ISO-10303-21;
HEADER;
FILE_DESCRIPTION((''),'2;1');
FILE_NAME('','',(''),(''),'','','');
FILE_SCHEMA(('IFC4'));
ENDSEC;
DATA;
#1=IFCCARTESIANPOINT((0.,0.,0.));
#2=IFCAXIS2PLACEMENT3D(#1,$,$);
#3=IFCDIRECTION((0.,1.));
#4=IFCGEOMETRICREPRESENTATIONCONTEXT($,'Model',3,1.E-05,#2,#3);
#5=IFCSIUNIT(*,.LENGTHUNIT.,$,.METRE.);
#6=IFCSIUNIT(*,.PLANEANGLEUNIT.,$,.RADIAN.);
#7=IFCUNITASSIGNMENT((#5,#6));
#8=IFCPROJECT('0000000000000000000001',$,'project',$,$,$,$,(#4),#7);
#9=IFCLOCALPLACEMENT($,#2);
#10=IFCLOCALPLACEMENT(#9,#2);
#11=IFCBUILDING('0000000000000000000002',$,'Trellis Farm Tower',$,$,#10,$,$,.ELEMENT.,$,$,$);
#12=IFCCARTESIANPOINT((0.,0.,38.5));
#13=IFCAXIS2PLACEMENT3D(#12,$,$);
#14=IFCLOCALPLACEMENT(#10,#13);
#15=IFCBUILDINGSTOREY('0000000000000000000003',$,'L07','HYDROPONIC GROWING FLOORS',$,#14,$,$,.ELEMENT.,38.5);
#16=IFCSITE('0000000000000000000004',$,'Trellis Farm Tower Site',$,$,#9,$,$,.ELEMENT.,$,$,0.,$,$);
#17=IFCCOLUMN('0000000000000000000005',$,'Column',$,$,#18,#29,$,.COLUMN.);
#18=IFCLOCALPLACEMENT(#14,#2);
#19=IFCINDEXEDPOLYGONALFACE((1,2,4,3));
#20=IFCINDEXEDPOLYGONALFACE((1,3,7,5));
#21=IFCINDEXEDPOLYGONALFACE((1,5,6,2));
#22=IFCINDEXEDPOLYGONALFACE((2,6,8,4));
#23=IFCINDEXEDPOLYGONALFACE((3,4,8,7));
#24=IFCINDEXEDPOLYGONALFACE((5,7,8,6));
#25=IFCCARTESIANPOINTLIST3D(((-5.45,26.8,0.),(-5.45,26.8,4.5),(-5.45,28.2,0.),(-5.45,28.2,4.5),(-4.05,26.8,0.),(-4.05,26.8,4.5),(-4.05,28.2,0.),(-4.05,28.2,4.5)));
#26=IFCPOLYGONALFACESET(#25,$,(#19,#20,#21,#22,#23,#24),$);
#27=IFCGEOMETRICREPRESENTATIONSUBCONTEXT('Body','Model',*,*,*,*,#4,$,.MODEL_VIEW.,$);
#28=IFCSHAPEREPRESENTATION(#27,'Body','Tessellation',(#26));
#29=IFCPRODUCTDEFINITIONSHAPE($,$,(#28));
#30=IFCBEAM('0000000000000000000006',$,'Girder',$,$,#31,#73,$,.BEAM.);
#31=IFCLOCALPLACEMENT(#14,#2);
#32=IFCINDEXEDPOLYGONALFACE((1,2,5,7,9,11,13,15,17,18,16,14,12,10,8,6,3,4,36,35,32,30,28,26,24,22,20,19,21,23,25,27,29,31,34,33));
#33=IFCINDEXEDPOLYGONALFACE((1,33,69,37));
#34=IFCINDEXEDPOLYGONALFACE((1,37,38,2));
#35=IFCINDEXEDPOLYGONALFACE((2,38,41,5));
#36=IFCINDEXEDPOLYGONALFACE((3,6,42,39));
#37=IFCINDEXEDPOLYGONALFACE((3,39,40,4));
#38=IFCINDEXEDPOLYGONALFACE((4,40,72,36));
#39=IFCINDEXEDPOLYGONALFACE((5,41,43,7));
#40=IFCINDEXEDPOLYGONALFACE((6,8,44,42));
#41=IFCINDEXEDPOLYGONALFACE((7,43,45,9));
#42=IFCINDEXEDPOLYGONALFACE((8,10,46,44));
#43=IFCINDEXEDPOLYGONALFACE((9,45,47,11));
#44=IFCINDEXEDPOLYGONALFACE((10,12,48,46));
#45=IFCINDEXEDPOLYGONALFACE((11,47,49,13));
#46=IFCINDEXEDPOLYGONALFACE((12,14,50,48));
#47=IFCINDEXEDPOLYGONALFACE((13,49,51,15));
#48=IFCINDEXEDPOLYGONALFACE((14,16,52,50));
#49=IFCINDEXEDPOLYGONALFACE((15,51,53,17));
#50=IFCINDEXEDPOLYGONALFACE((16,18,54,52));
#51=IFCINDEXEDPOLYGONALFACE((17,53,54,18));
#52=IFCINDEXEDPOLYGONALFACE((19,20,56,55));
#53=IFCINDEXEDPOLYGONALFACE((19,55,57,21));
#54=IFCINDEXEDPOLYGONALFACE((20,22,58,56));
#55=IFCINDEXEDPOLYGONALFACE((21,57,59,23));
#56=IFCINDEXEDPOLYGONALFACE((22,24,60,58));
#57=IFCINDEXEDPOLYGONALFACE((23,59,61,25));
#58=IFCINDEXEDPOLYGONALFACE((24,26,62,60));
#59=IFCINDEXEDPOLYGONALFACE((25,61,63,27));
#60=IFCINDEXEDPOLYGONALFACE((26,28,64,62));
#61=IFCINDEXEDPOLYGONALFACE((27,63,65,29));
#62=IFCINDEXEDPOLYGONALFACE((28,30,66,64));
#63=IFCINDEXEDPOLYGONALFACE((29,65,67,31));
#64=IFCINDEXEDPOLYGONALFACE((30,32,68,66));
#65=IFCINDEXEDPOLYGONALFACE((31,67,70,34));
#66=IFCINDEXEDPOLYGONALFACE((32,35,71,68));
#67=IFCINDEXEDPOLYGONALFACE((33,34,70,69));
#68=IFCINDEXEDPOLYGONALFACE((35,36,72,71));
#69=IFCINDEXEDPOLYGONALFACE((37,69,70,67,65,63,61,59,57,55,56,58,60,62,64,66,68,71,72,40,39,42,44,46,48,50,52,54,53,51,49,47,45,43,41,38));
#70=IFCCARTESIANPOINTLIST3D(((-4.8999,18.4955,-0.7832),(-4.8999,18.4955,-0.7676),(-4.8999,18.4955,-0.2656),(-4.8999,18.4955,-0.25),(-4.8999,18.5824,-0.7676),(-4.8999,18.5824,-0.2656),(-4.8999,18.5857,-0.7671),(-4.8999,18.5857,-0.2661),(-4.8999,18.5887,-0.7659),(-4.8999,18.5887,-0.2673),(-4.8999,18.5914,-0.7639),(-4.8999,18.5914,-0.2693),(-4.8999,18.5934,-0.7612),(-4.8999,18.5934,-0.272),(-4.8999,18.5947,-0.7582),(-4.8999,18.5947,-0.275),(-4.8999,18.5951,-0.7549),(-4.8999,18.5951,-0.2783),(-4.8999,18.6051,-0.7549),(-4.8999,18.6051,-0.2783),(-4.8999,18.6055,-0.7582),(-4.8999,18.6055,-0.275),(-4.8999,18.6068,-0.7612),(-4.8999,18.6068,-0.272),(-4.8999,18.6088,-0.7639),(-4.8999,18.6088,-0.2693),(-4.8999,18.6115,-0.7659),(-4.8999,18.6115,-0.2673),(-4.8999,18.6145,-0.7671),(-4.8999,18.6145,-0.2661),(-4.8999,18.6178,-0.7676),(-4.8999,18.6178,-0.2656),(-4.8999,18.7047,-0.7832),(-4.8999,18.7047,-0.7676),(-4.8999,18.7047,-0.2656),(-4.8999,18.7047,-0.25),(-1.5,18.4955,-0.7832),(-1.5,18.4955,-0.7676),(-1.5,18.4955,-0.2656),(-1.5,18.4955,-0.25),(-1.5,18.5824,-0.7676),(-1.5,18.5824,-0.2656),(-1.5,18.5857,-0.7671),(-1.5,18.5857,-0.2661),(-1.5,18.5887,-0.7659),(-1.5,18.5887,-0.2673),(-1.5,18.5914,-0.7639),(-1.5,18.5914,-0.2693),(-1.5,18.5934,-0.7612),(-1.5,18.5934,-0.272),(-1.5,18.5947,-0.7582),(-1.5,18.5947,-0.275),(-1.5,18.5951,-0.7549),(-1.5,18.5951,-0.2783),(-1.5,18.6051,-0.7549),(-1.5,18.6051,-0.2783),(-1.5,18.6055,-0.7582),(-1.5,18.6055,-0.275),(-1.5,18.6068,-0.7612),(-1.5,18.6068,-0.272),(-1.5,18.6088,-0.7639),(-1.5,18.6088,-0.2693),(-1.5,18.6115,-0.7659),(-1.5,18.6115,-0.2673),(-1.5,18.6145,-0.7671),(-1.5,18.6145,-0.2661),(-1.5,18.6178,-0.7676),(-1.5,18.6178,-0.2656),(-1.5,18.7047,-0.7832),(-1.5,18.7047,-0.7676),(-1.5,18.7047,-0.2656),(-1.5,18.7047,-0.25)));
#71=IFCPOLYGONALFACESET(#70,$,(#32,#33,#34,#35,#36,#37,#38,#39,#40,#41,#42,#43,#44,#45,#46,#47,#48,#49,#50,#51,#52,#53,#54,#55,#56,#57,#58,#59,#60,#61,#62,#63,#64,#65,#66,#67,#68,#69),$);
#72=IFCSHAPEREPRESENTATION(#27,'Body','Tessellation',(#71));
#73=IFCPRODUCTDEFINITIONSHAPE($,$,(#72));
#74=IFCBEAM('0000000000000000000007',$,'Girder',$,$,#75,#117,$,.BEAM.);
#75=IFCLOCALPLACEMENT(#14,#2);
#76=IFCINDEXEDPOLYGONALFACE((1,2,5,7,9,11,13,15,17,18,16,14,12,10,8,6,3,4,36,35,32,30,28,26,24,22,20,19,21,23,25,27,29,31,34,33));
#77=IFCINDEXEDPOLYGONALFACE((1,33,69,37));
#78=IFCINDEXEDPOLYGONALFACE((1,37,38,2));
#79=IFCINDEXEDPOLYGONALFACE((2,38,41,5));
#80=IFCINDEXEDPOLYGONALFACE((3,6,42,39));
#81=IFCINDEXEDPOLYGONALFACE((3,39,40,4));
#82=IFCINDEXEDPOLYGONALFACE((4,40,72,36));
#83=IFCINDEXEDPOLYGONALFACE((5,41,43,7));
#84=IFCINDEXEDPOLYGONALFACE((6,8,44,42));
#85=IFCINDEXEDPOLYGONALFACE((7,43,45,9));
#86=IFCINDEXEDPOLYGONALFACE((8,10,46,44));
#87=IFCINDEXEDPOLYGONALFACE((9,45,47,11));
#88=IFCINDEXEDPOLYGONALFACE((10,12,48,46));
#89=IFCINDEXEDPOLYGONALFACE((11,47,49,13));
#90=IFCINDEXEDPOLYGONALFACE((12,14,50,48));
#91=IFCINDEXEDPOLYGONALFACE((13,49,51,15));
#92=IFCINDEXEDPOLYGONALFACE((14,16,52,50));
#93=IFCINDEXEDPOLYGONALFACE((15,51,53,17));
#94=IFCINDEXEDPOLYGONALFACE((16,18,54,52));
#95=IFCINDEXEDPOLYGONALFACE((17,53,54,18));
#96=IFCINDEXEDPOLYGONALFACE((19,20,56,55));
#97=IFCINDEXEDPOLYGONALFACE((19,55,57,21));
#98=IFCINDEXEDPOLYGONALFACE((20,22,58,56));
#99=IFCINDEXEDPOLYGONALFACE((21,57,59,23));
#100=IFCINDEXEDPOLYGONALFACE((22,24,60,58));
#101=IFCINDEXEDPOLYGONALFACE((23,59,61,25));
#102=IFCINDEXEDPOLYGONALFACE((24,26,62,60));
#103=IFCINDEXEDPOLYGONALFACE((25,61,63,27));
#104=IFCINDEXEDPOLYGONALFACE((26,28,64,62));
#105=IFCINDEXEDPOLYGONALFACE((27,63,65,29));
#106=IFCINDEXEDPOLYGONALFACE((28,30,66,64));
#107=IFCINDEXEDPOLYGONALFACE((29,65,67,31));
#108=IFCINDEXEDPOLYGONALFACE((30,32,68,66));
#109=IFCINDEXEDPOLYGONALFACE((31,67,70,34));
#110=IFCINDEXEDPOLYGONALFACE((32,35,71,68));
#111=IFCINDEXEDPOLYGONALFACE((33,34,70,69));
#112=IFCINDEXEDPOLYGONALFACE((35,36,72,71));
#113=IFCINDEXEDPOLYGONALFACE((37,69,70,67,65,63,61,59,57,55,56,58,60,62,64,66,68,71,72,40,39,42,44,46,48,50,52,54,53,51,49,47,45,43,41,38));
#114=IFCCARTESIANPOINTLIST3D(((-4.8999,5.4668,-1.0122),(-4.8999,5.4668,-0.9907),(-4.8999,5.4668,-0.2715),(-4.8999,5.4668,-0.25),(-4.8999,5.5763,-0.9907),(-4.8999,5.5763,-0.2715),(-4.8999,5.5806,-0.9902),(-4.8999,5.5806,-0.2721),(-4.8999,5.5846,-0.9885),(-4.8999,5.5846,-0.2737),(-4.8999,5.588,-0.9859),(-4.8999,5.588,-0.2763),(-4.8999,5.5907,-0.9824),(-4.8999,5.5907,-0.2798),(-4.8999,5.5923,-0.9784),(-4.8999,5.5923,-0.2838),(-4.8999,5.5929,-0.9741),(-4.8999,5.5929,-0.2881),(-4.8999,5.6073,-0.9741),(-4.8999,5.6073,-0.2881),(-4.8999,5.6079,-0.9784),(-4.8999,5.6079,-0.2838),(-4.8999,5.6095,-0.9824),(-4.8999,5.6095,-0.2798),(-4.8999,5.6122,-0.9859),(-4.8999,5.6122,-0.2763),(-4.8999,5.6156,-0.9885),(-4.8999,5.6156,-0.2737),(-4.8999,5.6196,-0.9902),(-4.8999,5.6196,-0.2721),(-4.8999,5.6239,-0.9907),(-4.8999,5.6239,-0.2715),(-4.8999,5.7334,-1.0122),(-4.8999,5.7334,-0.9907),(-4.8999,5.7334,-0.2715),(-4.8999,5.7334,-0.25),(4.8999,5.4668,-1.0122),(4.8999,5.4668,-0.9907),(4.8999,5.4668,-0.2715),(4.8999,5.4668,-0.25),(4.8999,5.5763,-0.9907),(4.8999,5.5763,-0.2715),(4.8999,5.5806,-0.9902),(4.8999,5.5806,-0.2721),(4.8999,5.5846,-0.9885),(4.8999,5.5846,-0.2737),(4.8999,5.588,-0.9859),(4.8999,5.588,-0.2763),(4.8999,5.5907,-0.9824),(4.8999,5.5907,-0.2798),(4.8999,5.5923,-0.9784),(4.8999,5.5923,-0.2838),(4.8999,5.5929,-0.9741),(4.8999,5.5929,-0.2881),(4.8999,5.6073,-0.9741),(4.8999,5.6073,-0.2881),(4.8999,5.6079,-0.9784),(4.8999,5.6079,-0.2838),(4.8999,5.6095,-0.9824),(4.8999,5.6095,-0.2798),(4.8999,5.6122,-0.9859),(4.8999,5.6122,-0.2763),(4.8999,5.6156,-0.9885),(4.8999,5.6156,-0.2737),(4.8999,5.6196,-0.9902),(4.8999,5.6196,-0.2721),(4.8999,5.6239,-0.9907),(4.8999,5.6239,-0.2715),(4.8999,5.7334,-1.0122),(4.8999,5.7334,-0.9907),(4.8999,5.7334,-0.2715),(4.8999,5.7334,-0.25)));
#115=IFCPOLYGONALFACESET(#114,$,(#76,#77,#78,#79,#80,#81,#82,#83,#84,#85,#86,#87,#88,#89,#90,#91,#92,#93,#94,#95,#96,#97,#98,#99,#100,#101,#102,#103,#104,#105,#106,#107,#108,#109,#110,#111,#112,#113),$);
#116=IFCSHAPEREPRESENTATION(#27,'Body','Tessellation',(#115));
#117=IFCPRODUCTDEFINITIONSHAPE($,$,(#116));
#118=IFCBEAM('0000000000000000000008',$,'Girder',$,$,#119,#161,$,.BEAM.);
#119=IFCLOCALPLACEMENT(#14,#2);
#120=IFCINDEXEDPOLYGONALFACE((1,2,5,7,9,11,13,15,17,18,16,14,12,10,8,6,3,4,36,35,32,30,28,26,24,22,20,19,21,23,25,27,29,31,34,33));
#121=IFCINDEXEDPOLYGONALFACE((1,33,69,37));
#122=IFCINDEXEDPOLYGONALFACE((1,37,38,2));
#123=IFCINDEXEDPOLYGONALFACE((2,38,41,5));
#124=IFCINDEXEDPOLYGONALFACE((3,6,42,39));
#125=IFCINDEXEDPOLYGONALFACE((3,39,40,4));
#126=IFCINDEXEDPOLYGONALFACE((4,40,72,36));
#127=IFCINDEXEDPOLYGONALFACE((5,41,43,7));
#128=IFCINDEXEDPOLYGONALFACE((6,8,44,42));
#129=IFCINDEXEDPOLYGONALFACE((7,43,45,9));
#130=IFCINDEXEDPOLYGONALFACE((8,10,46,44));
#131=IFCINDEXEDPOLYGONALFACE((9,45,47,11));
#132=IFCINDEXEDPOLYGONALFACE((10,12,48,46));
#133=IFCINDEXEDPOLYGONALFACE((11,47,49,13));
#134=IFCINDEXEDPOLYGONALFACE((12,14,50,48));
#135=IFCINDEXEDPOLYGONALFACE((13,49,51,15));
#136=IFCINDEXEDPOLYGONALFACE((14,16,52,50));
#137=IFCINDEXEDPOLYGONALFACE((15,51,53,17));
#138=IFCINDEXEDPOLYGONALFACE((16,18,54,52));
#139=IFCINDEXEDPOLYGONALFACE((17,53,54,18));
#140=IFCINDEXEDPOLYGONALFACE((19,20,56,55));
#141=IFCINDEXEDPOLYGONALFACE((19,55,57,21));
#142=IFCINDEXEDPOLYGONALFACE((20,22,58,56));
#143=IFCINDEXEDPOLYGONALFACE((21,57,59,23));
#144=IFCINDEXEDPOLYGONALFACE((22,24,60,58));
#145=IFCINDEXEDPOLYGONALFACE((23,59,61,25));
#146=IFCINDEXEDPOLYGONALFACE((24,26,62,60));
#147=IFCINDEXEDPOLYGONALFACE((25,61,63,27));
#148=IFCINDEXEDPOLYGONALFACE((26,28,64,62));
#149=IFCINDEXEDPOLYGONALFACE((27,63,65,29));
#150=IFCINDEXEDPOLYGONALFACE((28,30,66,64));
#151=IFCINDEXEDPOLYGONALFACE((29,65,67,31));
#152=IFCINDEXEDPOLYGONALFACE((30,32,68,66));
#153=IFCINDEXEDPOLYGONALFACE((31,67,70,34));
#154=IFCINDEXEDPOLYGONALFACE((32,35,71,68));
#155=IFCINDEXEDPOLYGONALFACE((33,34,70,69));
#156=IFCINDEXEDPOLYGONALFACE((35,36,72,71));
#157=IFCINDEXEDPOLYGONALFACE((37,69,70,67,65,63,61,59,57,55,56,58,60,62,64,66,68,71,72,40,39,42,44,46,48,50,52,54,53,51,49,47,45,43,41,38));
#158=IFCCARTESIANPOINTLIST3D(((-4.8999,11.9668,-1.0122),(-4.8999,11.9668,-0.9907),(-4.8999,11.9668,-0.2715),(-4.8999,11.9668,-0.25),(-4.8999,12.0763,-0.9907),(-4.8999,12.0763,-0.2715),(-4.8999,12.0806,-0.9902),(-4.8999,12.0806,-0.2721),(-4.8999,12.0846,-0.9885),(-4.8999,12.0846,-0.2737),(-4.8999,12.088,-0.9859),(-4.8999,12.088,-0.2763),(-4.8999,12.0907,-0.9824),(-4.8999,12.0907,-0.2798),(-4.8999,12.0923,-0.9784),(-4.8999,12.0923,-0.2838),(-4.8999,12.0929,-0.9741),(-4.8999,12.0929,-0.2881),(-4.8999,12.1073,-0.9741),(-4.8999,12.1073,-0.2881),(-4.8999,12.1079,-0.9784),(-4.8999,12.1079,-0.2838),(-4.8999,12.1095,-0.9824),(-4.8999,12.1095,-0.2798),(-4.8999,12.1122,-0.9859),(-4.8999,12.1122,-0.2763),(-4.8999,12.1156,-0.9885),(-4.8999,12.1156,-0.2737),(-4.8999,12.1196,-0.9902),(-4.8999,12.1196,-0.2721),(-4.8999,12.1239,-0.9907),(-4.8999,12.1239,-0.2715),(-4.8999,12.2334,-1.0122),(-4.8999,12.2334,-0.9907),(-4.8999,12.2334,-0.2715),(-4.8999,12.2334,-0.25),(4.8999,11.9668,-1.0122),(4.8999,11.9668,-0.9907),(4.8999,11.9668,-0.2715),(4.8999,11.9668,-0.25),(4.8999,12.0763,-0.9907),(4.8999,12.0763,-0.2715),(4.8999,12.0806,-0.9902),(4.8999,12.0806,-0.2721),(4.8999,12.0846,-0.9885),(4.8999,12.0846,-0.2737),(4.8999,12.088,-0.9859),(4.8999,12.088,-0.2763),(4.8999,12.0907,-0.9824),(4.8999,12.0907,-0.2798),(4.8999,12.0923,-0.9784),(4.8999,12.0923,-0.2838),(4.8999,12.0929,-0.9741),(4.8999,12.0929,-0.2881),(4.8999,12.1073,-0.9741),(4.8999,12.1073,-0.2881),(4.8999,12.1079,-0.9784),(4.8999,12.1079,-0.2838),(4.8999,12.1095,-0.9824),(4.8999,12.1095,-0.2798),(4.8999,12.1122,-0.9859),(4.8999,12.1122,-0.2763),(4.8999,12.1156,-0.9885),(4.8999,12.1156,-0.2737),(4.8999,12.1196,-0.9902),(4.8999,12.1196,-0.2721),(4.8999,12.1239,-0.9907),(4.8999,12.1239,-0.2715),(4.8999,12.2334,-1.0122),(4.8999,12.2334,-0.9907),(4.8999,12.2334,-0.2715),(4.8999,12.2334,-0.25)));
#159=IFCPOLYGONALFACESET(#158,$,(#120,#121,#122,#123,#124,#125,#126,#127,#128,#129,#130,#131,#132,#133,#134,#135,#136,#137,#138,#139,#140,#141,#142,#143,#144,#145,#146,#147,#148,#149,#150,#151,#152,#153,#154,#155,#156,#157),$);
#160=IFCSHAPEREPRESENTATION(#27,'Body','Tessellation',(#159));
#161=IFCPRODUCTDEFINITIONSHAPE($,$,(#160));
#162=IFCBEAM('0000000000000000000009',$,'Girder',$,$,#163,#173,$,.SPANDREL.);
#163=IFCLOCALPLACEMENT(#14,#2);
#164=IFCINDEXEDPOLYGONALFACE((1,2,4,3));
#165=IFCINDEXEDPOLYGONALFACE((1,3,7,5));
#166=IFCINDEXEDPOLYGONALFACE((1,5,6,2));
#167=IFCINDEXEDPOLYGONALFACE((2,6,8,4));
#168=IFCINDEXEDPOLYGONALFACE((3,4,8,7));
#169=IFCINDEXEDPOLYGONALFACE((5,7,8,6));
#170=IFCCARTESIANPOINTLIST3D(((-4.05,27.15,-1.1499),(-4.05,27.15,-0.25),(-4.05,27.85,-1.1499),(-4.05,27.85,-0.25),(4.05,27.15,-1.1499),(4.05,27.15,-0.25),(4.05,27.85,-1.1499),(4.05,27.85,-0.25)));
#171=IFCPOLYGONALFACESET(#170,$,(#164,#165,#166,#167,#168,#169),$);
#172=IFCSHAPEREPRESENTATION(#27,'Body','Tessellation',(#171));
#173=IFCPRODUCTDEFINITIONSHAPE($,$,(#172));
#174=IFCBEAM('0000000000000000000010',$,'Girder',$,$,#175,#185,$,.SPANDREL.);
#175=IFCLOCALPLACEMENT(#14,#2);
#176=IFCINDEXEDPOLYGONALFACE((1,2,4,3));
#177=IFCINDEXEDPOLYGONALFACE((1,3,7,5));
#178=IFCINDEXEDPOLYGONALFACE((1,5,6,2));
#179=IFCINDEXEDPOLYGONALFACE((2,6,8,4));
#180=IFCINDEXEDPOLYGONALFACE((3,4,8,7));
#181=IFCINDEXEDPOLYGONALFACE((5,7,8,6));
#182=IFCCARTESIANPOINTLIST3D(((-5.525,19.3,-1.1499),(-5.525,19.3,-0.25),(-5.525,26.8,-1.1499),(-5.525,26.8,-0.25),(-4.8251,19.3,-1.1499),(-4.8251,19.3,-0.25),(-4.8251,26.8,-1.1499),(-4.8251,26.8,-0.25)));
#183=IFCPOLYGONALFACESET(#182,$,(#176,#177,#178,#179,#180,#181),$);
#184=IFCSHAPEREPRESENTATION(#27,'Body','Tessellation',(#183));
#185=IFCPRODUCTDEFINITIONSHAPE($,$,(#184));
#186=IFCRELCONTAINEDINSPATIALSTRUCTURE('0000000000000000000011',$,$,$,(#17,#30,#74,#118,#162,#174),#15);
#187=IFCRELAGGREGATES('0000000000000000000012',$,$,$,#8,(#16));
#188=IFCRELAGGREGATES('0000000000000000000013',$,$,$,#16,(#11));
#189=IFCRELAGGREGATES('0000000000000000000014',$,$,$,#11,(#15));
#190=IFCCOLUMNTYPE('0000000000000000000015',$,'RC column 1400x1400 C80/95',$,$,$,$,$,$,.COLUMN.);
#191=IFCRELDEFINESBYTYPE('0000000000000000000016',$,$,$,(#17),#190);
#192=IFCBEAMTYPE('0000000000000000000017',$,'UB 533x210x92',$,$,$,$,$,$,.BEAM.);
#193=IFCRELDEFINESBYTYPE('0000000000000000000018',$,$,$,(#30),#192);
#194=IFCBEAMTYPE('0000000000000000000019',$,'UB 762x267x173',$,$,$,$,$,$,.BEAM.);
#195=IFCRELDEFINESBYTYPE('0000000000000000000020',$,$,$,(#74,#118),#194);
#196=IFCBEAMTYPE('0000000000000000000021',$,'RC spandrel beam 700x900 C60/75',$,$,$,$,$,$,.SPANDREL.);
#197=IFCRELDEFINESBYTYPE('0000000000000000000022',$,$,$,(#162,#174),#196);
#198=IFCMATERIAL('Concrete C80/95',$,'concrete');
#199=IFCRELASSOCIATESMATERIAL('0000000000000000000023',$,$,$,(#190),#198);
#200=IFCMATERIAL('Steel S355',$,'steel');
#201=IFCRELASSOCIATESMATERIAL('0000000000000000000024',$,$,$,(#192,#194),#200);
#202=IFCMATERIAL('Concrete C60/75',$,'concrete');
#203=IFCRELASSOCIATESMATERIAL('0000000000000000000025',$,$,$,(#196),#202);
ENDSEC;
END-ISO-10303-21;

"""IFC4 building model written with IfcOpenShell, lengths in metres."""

from ifc_helpers import new_model, si_unit, direction, frame, origin, origin_2d, place, context, subcontext, project, spatial, rectangle, i_section, extrude, source, transform, mapped, material, material_profile, profile_set, type_object, element, save


model = new_model("IFC4")

# Units and contexts
model_context = context("Model", 3, precision=1e-05, world=origin(), true_north=direction((0.0, 1.0)))
body_context = subcontext(model_context, "Body", "Model", "MODEL_VIEW")
ifc_project = project(units=[si_unit("LENGTHUNIT", "METRE"), si_unit("PLANEANGLEUNIT", "RADIAN")], contexts=[model_context])

# Site, building, storey
site_placement = place(None, origin())
site = spatial("IfcSite", under=ifc_project, at=site_placement, Name="Trellis Farm Tower Site", CompositionType="ELEMENT", RefElevation=0.0)
building_placement = place(site_placement, origin())
building = spatial("IfcBuilding", under=site, at=building_placement, Name="Trellis Farm Tower", CompositionType="ELEMENT")
storey_placement = place(building_placement, frame((0.0, 0.0, 38.5)))
storey = spatial("IfcBuildingStorey", under=building, at=storey_placement, Name="L07", Description="HYDROPONIC GROWING FLOORS", CompositionType="ELEMENT", Elevation=38.5)

# Column
ifc_material_1 = material(Name="Concrete C80/95", Category="concrete")
ifc_material_profile_1 = material_profile(ifc_material_1, rectangle(XDim=1.3999, YDim=1.3999, at=origin_2d()), Name="RC column 1400x1400 C80/95")
ifc_profile_set_1 = profile_set([ifc_material_profile_1], Name="Concrete C80/95")
column_type = type_object("IfcColumnType", Name="RC column 1400x1400 C80/95", PredefinedType="COLUMN", material=ifc_profile_set_1)
shared_shape_1 = source(origin(), body_context, "Body", "SweptSolid", [
    extrude(rectangle(XDim=1.3999, YDim=1.3999, at=origin_2d()), origin(), (0.0, 0.0, 1.0), 4.5),
])
column_placement = place(storey_placement, frame((-4.75, 27.5, 0.0), z_axis=(0.0, 0.0, 1.0), x_axis=(1.0, 0.0, 0.0)))
element("IfcColumn", 1, at=column_placement, inside=storey, type_object=column_type, Name="Column", PredefinedType="COLUMN", context=body_context, shape_type="MappedRepresentation", body=[
    mapped(shared_shape_1, transform((0.0, 0.0, 0.0))),
])

# Beams
ifc_material_2 = material(Name="Steel S355", Category="steel")
ifc_material_profile_2 = material_profile(ifc_material_2, i_section(OverallWidth=0.2092, OverallDepth=0.5332, WebThickness=0.01, FlangeThickness=0.0156, FilletRadius=0.0127, at=origin_2d()), Name="UB 533x210x92")
ifc_profile_set_2 = profile_set([ifc_material_profile_2], Name="Steel S355")
beam_type_1 = type_object("IfcBeamType", Name="UB 533x210x92", PredefinedType="BEAM", material=ifc_profile_set_2)
shared_shape_2 = source(origin(), body_context, "Body", "SweptSolid", [
    extrude(i_section(OverallWidth=0.2092, OverallDepth=0.5332, WebThickness=0.01, FlangeThickness=0.0156, FilletRadius=0.0127, at=origin_2d()), origin(), (0.0, 0.0, 1.0), 3.3999),
])
beam_1_placement = place(storey_placement, frame((-4.8999, 18.6001, -0.5166), z_axis=(1.0, 0.0, 0.0), x_axis=(0.0, 1.0, 0.0)))
element("IfcBeam", 2, at=beam_1_placement, inside=storey, type_object=beam_type_1, Name="Girder", PredefinedType="BEAM", context=body_context, shape_type="MappedRepresentation", body=[
    mapped(shared_shape_2, transform((0.0, 0.0, 0.0))),
])
ifc_material_profile_3 = material_profile(ifc_material_2, i_section(OverallWidth=0.2666, OverallDepth=0.7622, WebThickness=0.0144, FlangeThickness=0.0215, FilletRadius=0.0166, at=origin_2d()), Name="UB 762x267x173")
ifc_profile_set_3 = profile_set([ifc_material_profile_3], Name="Steel S355")
beam_type_2 = type_object("IfcBeamType", Name="UB 762x267x173", PredefinedType="BEAM", material=ifc_profile_set_3)
shared_shape_3 = source(origin(), body_context, "Body", "SweptSolid", [
    extrude(i_section(OverallWidth=0.2666, OverallDepth=0.7622, WebThickness=0.0144, FlangeThickness=0.0215, FilletRadius=0.0166, at=origin_2d()), origin(), (0.0, 0.0, 1.0), 9.7998),
])
for number, where, z_axis, x_axis, name in (
    (3, (-4.8999, 5.6001, -0.6311), (1.0, 0.0, 0.0), (0.0, 1.0, 0.0), "Girder"),
    (4, (-4.8999, 12.1001, -0.6311), (1.0, 0.0, 0.0), (0.0, 1.0, 0.0), "Girder"),
):
    element("IfcBeam", number, at=place(storey_placement, frame(where, z_axis=z_axis, x_axis=x_axis)), inside=storey, type_object=beam_type_2, Name=name, PredefinedType="BEAM", context=body_context, shape_type="MappedRepresentation", body=[
        mapped(shared_shape_3, transform((0.0, 0.0, 0.0))),
    ])
ifc_material_3 = material(Name="Concrete C60/75", Category="concrete")
ifc_material_profile_4 = material_profile(ifc_material_3, rectangle(XDim=0.7, YDim=0.8999, at=origin_2d()), Name="RC spandrel beam 700x900 C60/75")
ifc_profile_set_4 = profile_set([ifc_material_profile_4], Name="Concrete C60/75")
beam_type_3 = type_object("IfcBeamType", Name="RC spandrel beam 700x900 C60/75", PredefinedType="SPANDREL", material=ifc_profile_set_4)
shared_shape_4 = source(origin(), body_context, "Body", "SweptSolid", [
    extrude(rectangle(XDim=0.7, YDim=0.8999, at=origin_2d()), origin(), (0.0, 0.0, 1.0), 8.1001),
])
beam_2_placement = place(storey_placement, frame((-4.05, 27.5, -0.7), z_axis=(1.0, 0.0, 0.0), x_axis=(0.0, 1.0, 0.0)))
element("IfcBeam", 5, at=beam_2_placement, inside=storey, type_object=beam_type_3, Name="Girder", PredefinedType="SPANDREL", context=body_context, shape_type="MappedRepresentation", body=[
    mapped(shared_shape_4, transform((0.0, 0.0, 0.0))),
])
shared_shape_5 = source(origin(), body_context, "Body", "SweptSolid", [
    extrude(rectangle(XDim=0.7, YDim=0.8999, at=origin_2d()), origin(), (0.0, 0.0, 1.0), 7.5),
])
beam_3_placement = place(storey_placement, frame((-5.175, 19.3, -0.7), z_axis=(0.0, 1.0, 0.0), x_axis=(-1.0, 0.0, 0.0)))
element("IfcBeam", 6, at=beam_3_placement, inside=storey, type_object=beam_type_3, Name="Girder", PredefinedType="SPANDREL", context=body_context, shape_type="MappedRepresentation", body=[
    mapped(shared_shape_5, transform((0.0, 0.0, 0.0))),
])

save(model, "model.ifc")
